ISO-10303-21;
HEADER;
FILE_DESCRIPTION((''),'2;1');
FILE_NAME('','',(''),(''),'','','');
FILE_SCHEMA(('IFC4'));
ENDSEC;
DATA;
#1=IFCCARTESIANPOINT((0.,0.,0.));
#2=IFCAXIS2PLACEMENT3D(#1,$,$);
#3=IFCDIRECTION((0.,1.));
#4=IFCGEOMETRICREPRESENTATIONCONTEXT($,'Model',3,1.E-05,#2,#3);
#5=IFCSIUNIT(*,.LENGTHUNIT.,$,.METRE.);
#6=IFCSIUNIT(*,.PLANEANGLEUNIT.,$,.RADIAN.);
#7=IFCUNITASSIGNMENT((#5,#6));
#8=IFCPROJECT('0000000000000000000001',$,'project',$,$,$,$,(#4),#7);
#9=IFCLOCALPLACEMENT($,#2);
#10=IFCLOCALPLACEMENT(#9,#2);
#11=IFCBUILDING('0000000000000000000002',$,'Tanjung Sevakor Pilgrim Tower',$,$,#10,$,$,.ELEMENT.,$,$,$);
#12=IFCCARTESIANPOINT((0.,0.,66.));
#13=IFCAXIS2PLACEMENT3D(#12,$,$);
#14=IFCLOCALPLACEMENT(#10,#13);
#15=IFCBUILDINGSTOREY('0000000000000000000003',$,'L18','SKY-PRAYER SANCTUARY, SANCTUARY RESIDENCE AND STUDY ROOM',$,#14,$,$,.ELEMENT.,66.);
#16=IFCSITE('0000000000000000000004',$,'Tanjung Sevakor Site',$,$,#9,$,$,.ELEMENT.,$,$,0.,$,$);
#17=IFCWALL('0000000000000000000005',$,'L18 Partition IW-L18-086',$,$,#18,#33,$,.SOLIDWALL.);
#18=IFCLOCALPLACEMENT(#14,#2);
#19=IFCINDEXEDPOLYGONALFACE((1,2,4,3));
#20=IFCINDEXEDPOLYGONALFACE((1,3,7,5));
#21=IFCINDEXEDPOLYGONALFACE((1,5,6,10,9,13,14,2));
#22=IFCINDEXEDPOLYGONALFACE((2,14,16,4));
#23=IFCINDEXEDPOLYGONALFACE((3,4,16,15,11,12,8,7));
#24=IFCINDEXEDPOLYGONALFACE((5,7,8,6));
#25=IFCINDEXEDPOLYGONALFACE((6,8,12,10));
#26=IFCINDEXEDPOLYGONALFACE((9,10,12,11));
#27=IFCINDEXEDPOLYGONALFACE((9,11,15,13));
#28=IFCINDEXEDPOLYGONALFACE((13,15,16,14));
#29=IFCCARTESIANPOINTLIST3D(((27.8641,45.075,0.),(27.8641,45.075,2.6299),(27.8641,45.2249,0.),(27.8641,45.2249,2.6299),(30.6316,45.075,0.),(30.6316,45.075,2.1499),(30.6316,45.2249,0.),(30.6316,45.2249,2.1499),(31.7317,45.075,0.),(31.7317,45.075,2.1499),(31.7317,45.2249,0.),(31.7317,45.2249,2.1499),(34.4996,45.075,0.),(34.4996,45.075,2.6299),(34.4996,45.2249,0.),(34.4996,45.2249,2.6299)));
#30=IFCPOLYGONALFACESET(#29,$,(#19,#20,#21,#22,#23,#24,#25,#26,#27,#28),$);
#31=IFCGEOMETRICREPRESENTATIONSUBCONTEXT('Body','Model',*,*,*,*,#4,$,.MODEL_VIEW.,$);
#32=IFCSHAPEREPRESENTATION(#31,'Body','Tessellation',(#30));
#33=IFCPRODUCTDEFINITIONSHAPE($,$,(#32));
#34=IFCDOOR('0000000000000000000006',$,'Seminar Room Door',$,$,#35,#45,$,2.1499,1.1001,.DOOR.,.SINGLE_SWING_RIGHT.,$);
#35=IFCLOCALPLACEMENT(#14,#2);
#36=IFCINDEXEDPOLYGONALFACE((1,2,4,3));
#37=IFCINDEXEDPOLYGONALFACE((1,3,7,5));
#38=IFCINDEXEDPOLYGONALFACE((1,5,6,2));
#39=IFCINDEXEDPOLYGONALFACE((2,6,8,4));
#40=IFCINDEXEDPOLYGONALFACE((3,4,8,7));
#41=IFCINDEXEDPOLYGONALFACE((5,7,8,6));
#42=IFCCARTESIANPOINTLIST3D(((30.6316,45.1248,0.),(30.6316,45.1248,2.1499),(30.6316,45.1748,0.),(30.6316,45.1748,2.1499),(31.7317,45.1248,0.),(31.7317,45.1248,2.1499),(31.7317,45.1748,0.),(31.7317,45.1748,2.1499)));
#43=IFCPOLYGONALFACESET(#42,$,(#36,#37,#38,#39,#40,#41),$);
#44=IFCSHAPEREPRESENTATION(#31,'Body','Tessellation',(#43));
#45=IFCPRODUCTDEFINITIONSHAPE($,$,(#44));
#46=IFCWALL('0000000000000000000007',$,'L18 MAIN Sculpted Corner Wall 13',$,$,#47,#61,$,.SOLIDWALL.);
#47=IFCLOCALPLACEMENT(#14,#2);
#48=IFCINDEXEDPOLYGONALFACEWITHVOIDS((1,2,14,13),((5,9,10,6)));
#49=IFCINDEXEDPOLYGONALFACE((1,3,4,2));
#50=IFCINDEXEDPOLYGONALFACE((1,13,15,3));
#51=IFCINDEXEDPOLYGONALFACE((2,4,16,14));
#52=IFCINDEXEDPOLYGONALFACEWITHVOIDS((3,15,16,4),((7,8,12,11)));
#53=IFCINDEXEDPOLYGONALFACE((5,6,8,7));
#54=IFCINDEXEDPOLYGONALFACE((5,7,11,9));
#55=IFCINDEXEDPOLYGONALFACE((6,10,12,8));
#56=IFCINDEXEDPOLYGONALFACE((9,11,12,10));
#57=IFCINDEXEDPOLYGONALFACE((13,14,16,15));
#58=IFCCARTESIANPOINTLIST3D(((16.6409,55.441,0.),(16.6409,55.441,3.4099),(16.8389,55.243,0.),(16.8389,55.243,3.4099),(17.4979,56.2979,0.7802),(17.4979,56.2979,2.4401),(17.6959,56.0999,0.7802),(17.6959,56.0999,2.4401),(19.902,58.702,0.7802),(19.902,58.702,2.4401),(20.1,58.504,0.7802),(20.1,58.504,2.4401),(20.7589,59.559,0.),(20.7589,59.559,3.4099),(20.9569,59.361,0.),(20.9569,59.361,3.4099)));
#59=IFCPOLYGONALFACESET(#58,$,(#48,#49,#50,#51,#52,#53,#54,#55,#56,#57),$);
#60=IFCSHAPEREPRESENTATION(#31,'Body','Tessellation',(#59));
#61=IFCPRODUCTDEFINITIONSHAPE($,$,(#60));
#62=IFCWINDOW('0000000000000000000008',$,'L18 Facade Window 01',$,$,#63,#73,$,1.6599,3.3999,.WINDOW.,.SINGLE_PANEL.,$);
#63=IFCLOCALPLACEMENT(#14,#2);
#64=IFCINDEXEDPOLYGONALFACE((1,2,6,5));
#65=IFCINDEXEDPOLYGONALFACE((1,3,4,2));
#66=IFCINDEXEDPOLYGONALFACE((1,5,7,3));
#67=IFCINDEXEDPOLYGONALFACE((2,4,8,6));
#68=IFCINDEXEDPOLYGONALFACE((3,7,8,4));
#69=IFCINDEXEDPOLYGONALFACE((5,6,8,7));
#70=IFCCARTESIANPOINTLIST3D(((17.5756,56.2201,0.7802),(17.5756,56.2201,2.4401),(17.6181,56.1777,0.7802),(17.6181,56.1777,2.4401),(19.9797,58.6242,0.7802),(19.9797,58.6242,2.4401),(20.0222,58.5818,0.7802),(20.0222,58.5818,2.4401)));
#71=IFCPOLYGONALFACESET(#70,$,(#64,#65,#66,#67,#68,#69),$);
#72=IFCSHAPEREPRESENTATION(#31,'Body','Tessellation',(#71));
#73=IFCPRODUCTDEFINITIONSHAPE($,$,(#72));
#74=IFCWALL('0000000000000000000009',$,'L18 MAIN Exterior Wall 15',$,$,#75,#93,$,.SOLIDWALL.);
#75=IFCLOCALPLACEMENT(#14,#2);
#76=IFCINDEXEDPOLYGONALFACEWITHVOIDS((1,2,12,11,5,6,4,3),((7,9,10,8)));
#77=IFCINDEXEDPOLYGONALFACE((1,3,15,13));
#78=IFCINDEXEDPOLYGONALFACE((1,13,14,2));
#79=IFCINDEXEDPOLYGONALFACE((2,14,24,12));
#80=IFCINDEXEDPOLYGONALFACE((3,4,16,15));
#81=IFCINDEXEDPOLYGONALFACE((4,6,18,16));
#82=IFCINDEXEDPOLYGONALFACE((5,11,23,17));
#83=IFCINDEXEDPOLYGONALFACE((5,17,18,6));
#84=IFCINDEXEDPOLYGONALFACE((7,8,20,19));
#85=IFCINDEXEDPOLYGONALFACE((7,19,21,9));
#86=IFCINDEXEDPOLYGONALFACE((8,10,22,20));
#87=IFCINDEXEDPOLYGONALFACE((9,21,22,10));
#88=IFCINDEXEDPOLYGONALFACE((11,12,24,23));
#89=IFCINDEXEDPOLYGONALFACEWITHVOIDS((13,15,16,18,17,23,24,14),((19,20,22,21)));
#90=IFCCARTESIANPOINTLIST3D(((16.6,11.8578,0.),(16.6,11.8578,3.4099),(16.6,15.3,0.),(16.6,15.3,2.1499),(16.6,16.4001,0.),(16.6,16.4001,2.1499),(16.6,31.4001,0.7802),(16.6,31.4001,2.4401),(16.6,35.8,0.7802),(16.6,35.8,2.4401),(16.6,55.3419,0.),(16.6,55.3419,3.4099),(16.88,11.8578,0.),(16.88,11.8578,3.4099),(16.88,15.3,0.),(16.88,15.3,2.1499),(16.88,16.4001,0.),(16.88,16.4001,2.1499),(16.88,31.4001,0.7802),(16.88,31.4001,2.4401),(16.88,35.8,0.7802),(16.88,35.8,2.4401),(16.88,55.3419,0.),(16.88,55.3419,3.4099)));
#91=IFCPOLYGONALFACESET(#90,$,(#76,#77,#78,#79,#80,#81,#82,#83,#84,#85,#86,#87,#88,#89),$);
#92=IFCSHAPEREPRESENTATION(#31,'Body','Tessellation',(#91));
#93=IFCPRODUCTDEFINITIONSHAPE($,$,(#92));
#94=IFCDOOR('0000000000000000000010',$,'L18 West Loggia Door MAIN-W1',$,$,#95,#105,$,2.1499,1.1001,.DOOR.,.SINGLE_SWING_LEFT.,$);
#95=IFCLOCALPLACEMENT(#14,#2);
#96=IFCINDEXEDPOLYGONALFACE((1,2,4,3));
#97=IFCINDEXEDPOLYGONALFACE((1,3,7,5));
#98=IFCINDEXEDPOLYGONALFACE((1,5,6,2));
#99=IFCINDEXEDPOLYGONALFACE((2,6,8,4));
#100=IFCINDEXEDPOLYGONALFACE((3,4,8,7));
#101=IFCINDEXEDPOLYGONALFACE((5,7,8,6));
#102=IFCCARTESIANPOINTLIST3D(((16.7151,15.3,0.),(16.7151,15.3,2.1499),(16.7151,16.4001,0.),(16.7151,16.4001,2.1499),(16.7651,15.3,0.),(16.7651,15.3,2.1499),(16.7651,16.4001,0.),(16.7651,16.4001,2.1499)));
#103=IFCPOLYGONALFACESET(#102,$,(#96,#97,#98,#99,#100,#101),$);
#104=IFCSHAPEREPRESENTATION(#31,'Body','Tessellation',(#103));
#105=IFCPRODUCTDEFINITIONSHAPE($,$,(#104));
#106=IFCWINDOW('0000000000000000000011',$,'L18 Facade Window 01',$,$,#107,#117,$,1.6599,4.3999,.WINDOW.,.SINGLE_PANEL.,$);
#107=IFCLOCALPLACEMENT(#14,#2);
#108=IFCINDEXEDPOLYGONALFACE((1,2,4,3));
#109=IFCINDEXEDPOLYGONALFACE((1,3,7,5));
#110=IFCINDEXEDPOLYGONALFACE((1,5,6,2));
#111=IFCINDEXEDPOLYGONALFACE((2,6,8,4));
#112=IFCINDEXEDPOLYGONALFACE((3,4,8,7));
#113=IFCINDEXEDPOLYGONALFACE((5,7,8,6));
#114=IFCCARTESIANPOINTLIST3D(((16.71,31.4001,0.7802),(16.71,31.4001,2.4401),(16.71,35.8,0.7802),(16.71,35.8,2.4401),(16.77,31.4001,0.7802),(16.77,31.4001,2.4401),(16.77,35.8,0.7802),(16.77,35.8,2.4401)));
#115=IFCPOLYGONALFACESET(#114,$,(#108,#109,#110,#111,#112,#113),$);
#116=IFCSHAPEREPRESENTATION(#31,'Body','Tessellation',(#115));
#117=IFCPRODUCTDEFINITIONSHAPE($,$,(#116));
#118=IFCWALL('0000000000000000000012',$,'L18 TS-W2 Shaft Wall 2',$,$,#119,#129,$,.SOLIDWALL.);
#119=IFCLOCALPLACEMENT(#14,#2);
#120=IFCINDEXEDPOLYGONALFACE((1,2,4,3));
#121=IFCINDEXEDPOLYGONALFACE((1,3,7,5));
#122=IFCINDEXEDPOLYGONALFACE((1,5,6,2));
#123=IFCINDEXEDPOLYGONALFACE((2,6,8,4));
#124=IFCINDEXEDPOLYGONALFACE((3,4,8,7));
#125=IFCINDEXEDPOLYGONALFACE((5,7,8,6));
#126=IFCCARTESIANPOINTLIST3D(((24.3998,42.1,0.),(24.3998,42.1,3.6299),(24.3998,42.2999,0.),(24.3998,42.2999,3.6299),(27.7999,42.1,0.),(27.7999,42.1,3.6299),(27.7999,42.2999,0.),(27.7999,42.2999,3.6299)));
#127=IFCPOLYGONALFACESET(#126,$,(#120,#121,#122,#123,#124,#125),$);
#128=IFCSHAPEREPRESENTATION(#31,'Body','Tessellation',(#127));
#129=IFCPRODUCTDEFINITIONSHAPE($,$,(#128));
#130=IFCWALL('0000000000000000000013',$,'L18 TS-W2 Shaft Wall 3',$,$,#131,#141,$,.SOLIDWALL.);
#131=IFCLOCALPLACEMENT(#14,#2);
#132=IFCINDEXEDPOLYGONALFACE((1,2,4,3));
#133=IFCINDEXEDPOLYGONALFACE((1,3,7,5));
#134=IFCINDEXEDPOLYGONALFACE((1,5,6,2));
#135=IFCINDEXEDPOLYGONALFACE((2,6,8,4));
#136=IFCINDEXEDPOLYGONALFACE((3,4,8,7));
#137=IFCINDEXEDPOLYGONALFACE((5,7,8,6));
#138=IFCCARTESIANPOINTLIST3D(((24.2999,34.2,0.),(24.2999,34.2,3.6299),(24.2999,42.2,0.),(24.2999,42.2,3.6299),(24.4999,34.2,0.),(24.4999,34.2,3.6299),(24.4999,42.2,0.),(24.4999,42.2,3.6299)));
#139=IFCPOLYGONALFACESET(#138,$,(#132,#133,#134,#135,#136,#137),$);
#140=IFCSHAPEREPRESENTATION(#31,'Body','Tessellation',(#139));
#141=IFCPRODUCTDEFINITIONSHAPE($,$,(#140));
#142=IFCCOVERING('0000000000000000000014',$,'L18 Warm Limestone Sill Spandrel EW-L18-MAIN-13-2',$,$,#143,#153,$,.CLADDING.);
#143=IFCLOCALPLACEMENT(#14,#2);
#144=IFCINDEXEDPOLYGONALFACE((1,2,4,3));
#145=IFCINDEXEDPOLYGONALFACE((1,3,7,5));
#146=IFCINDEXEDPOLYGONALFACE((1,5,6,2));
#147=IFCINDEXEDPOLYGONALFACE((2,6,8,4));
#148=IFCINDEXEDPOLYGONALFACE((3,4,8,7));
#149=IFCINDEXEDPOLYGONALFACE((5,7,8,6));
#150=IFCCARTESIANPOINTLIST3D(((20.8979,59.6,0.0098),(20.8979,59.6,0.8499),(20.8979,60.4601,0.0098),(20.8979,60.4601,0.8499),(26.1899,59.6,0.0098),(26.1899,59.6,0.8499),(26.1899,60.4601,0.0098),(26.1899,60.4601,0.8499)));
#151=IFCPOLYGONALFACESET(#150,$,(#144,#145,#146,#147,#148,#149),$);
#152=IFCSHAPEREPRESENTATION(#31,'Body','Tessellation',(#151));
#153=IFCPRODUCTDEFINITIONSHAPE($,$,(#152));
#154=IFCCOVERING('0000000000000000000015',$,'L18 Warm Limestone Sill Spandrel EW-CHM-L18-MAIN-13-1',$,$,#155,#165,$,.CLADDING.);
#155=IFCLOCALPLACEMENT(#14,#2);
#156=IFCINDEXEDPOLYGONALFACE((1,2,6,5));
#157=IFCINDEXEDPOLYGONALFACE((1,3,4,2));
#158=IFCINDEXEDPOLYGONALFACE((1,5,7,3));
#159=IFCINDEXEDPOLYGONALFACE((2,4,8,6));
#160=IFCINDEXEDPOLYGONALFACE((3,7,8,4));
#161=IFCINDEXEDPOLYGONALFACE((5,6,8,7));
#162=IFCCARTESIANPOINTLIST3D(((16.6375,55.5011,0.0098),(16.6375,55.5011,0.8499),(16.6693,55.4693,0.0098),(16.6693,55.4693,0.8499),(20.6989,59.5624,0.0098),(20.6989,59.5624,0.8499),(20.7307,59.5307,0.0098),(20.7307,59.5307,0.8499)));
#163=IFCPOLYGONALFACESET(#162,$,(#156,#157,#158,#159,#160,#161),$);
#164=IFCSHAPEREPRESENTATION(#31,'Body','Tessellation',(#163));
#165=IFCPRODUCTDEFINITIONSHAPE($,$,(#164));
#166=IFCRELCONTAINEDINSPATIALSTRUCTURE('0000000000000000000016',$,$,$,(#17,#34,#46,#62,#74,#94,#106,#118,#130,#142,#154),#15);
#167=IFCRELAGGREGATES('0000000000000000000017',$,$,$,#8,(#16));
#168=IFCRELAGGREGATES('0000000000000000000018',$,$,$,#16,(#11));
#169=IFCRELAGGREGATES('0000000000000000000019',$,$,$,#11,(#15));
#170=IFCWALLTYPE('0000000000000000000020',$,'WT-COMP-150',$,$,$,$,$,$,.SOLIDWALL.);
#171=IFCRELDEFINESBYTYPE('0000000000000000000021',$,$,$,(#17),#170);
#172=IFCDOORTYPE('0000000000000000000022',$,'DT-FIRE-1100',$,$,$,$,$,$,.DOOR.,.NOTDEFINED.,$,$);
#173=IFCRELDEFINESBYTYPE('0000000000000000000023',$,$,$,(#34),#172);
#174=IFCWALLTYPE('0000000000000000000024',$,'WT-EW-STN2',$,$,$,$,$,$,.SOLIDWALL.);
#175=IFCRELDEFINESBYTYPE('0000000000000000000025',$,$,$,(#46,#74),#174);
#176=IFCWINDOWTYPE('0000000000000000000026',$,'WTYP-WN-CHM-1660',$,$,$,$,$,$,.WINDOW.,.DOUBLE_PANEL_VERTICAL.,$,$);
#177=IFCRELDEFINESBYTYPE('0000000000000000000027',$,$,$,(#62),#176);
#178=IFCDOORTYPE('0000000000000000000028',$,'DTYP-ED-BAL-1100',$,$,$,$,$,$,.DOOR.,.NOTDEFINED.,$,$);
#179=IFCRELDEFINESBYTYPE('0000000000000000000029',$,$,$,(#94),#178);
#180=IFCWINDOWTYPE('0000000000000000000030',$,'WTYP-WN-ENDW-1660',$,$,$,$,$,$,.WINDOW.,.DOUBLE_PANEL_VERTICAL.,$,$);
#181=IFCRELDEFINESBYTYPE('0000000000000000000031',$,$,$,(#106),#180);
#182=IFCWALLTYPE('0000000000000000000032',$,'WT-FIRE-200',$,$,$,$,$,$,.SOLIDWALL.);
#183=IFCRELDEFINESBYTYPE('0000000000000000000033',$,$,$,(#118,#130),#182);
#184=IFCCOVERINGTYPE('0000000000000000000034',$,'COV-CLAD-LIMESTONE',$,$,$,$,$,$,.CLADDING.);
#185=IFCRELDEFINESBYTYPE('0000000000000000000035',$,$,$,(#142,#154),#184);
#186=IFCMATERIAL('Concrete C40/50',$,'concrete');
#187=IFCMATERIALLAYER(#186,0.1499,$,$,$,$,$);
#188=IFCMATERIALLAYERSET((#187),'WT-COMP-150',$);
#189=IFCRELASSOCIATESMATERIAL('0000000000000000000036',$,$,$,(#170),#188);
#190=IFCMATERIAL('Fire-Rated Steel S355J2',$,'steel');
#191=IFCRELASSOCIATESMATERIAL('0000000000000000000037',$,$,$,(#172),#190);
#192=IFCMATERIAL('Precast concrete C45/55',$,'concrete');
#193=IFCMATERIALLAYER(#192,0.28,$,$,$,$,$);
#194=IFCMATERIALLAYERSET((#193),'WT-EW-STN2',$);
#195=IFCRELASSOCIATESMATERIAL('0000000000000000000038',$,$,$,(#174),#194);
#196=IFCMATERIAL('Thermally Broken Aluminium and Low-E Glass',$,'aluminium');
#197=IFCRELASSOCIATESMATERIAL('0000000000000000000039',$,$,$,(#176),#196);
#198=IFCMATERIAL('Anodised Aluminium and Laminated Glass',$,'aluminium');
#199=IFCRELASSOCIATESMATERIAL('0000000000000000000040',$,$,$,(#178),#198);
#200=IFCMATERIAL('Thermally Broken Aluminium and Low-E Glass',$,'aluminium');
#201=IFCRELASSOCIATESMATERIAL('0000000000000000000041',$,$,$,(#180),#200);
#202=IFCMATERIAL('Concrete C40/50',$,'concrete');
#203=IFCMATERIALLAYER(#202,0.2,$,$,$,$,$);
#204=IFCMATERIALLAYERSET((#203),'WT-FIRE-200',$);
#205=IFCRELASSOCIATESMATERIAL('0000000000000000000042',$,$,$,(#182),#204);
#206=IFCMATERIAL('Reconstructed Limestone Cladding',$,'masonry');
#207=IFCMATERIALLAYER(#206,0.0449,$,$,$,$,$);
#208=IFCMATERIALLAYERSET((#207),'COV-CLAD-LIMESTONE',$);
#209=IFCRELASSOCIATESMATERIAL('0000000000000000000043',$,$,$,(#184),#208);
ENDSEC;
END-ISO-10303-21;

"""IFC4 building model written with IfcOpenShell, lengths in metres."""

from ifc_helpers import new_model, si_unit, direction, frame, frame_2d, origin, origin_2d, place, context, subcontext, project, spatial, rectangle, extrude, material, layer, layer_set, type_object, element, fill, save


model = new_model("IFC4")

# Units and contexts
model_context = context("Model", 3, precision=1e-05, world=origin(), true_north=direction((0.0, 1.0)))
body_context = subcontext(model_context, "Body", "Model", "MODEL_VIEW")
ifc_project = project(units=[si_unit("LENGTHUNIT", "METRE"), si_unit("PLANEANGLEUNIT", "RADIAN")], contexts=[model_context])

# Site, building, storey
site_placement = place(None, origin())
site = spatial("IfcSite", under=ifc_project, at=site_placement, Name="Tanjung Sevakor Site", CompositionType="ELEMENT", RefElevation=0.0)
building_placement = place(site_placement, origin())
building = spatial("IfcBuilding", under=site, at=building_placement, Name="Tanjung Sevakor Pilgrim Tower", CompositionType="ELEMENT")
storey_placement = place(building_placement, frame((0.0, 0.0, 66.0)))
storey = spatial("IfcBuildingStorey", under=building, at=storey_placement, Name="L18", Description="SKY-PRAYER SANCTUARY, SANCTUARY RESIDENCE AND STUDY ROOM", CompositionType="ELEMENT", Elevation=66.0)

# Shared definitions
ifc_material_1 = material(Name="Concrete C40/50", Category="concrete")
ifc_layer_1 = layer(ifc_material_1, 0.1499)
ifc_layer_set_1 = layer_set([ifc_layer_1], Name="WT-COMP-150")
wall_type_1 = type_object("IfcWallType", Name="WT-COMP-150", PredefinedType="SOLIDWALL", material=ifc_layer_set_1)

# Wall, opening, door
wall_1_placement = place(storey_placement, frame((27.864, 45.1499, 0.0), z_axis=(0.0, 0.0, 1.0), x_axis=(1.0, 0.0, 0.0)))
wall_1 = element("IfcWall", 1, at=wall_1_placement, inside=storey, type_object=wall_type_1, Name="L18 Partition IW-L18-086", PredefinedType="SOLIDWALL", context=body_context, shape_type="SweptSolid", body=[
    extrude(rectangle(XDim=6.6355, YDim=0.1499, at=frame_2d((3.3179, 0.0))), origin(), (0.0, 0.0, 1.0), 2.6299),
])
opening_1_placement = place(wall_1_placement, frame((2.7676, 0.0, 0.0)))
opening_1 = element("IfcOpeningElement", 2, at=opening_1_placement, cuts=wall_1, PredefinedType="OPENING", context=body_context, shape_type="SweptSolid", body=[
    extrude(rectangle(XDim=1.1001, YDim=2.1499, at=frame_2d((0.55, 1.075))), frame((0.0, 0.085, 0.0), z_axis=(0.0, -1.0, 0.0), x_axis=(1.0, 0.0, 0.0)), (0.0, 0.0, 1.0), 0.1699),
])
ifc_material_2 = material(Name="Fire-Rated Steel S355J2", Category="steel")
door_type_1 = type_object("IfcDoorType", Name="DT-FIRE-1100", OperationType="NOTDEFINED", PredefinedType="DOOR", material=ifc_material_2)
door_1_placement = place(opening_1_placement, origin())
door_1 = element("IfcDoor", 3, at=door_1_placement, inside=storey, type_object=door_type_1, Name="Seminar Room Door", OperationType="SINGLE_SWING_RIGHT", OverallHeight=2.1499, OverallWidth=1.1001, PredefinedType="DOOR", context=body_context, shape_type="SweptSolid", body=[
    extrude(rectangle(XDim=1.1001, YDim=2.1499, at=frame_2d((0.55, 1.075))), frame((0.0, 0.0249, 0.0), z_axis=(0.0, -1.0, 0.0), x_axis=(1.0, 0.0, 0.0)), (0.0, 0.0, 1.0), 0.05),
])
fill(opening_1, door_1)

# Wall, opening, window
ifc_material_3 = material(Name="Precast concrete C45/55", Category="concrete")
ifc_layer_2 = layer(ifc_material_3, 0.28)
ifc_layer_set_2 = layer_set([ifc_layer_2], Name="WT-EW-STN2")
wall_type_2 = type_object("IfcWallType", Name="WT-EW-STN2", PredefinedType="SOLIDWALL", material=ifc_layer_set_2)
wall_2_placement = place(storey_placement, frame((20.8579, 59.46, 0.0), z_axis=(0.0, 0.0, 1.0), x_axis=(-0.707107, -0.707107, 0.0)))
wall_2 = element("IfcWall", 4, at=wall_2_placement, inside=storey, type_object=wall_type_2, Name="L18 MAIN Sculpted Corner Wall 13", PredefinedType="SOLIDWALL", context=body_context, shape_type="SweptSolid", body=[
    extrude(rectangle(XDim=5.8237, YDim=0.28, at=frame_2d((2.9119, 0.0))), origin(), (0.0, 0.0, 1.0), 3.4099),
])
opening_2_placement = place(wall_2_placement, frame((1.2119, 0.0, 0.78)))
opening_2 = element("IfcOpeningElement", 5, at=opening_2_placement, cuts=wall_2, PredefinedType="OPENING", context=body_context, shape_type="SweptSolid", body=[
    extrude(rectangle(XDim=3.3999, YDim=1.6599, at=frame_2d((1.7, 0.8301))), frame((0.0, 0.1499, 0.0), z_axis=(0.0, -1.0, 0.0), x_axis=(1.0, 0.0, 0.0)), (0.0, 0.0, 1.0), 0.3),
])
ifc_material_4 = material(Name="Thermally Broken Aluminium and Low-E Glass", Category="aluminium")
window_type_1 = type_object("IfcWindowType", Name="WTYP-WN-CHM-1660", PartitioningType="DOUBLE_PANEL_VERTICAL", PredefinedType="WINDOW", material=ifc_material_4)
window_1_placement = place(opening_2_placement, origin())
window_1 = element("IfcWindow", 6, at=window_1_placement, inside=storey, type_object=window_type_1, Name="L18 Facade Window 01", OverallHeight=1.6599, OverallWidth=3.3999, PartitioningType="SINGLE_PANEL", PredefinedType="WINDOW", context=body_context, shape_type="SweptSolid", body=[
    extrude(rectangle(XDim=3.3999, YDim=1.6599, at=frame_2d((1.7, 0.8301))), frame((0.0, 0.03, 0.0), z_axis=(0.0, -1.0, 0.0), x_axis=(1.0, 0.0, 0.0)), (0.0, 0.0, 1.0), 0.0601),
])
fill(opening_2, window_1)

# Wall, openings, door, window
wall_3_placement = place(storey_placement, frame((16.74, 55.342, 0.0), z_axis=(0.0, 0.0, 1.0), x_axis=(0.0, -1.0, 0.0)))
wall_3 = element("IfcWall", 7, at=wall_3_placement, inside=storey, type_object=wall_type_2, Name="L18 MAIN Exterior Wall 15", PredefinedType="SOLIDWALL", context=body_context, shape_type="SweptSolid", body=[
    extrude(rectangle(XDim=43.4841, YDim=0.28, at=frame_2d((21.7422, 0.0))), origin(), (0.0, 0.0, 1.0), 3.4099),
])
opening_3_placement = place(wall_3_placement, frame((38.9419, 0.0, 0.0)))
opening_3 = element("IfcOpeningElement", 8, at=opening_3_placement, cuts=wall_3, PredefinedType="OPENING", context=body_context, shape_type="SweptSolid", body=[
    extrude(rectangle(XDim=1.1001, YDim=2.1499, at=frame_2d((0.55, 1.075))), frame((0.0, 0.1499, 0.0), z_axis=(0.0, -1.0, 0.0), x_axis=(1.0, 0.0, 0.0)), (0.0, 0.0, 1.0), 0.3),
])
opening_4_placement = place(wall_3_placement, frame((19.542, 0.0, 0.78)))
opening_4 = element("IfcOpeningElement", 9, at=opening_4_placement, cuts=wall_3, PredefinedType="OPENING", context=body_context, shape_type="SweptSolid", body=[
    extrude(rectangle(XDim=4.3999, YDim=1.6599, at=frame_2d((2.2, 0.8301))), frame((0.0, 0.1499, 0.0), z_axis=(0.0, -1.0, 0.0), x_axis=(1.0, 0.0, 0.0)), (0.0, 0.0, 1.0), 0.3),
])
ifc_material_5 = material(Name="Anodised Aluminium and Laminated Glass", Category="aluminium")
door_type_2 = type_object("IfcDoorType", Name="DTYP-ED-BAL-1100", OperationType="NOTDEFINED", PredefinedType="DOOR", material=ifc_material_5)
door_2_placement = place(opening_3_placement, frame((1.1001, 0.0, 0.0), z_axis=(0.0, 0.0, 1.0), x_axis=(-1.0, 0.0, 0.0)))
door_2 = element("IfcDoor", 10, at=door_2_placement, inside=storey, type_object=door_type_2, Name="L18 West Loggia Door MAIN-W1", OperationType="SINGLE_SWING_LEFT", OverallHeight=2.1499, OverallWidth=1.1001, PredefinedType="DOOR", context=body_context, shape_type="SweptSolid", body=[
    extrude(rectangle(XDim=1.1001, YDim=2.1499, at=frame_2d((0.55, 1.075))), frame((0.0, 0.0249, 0.0), z_axis=(0.0, -1.0, 0.0), x_axis=(1.0, 0.0, 0.0)), (0.0, 0.0, 1.0), 0.05),
])
fill(opening_3, door_2)
ifc_material_6 = material(Name="Thermally Broken Aluminium and Low-E Glass", Category="aluminium")
window_type_2 = type_object("IfcWindowType", Name="WTYP-WN-ENDW-1660", PartitioningType="DOUBLE_PANEL_VERTICAL", PredefinedType="WINDOW", material=ifc_material_6)
window_2_placement = place(opening_4_placement, origin())
window_2 = element("IfcWindow", 11, at=window_2_placement, inside=storey, type_object=window_type_2, Name="L18 Facade Window 01", OverallHeight=1.6599, OverallWidth=4.3999, PartitioningType="SINGLE_PANEL", PredefinedType="WINDOW", context=body_context, shape_type="SweptSolid", body=[
    extrude(rectangle(XDim=4.3999, YDim=1.6599, at=frame_2d((2.2, 0.8301))), frame((0.0, 0.03, 0.0), z_axis=(0.0, -1.0, 0.0), x_axis=(1.0, 0.0, 0.0)), (0.0, 0.0, 1.0), 0.0601),
])
fill(opening_4, window_2)

# Walls
ifc_material_7 = material(Name="Concrete C40/50", Category="concrete")
ifc_layer_3 = layer(ifc_material_7, 0.2)
ifc_layer_set_3 = layer_set([ifc_layer_3], Name="WT-FIRE-200")
wall_type_3 = type_object("IfcWallType", Name="WT-FIRE-200", PredefinedType="SOLIDWALL", material=ifc_layer_set_3)
wall_4_placement = place(storey_placement, frame((27.8, 42.2, 0.0), z_axis=(0.0, 0.0, 1.0), x_axis=(-1.0, 0.0, 0.0)))
element("IfcWall", 12, at=wall_4_placement, inside=storey, type_object=wall_type_3, Name="L18 TS-W2 Shaft Wall 2", PredefinedType="SOLIDWALL", context=body_context, shape_type="SweptSolid", body=[
    extrude(rectangle(XDim=3.4001, YDim=0.2, at=frame_2d((1.7002, 0.0))), origin(), (0.0, 0.0, 1.0), 3.6299),
])
wall_5_placement = place(storey_placement, frame((24.3999, 42.2, 0.0), z_axis=(0.0, 0.0, 1.0), x_axis=(0.0, -1.0, 0.0)))
element("IfcWall", 13, at=wall_5_placement, inside=storey, type_object=wall_type_3, Name="L18 TS-W2 Shaft Wall 3", PredefinedType="SOLIDWALL", context=body_context, shape_type="SweptSolid", body=[
    extrude(rectangle(XDim=8.0, YDim=0.2, at=frame_2d((4.0, 0.0))), origin(), (0.0, 0.0, 1.0), 3.6299),
])

# Coverings
ifc_material_8 = material(Name="Reconstructed Limestone Cladding", Category="masonry")
ifc_layer_4 = layer(ifc_material_8, 0.0449)
ifc_layer_set_4 = layer_set([ifc_layer_4], Name="COV-CLAD-LIMESTONE")
covering_type = type_object("IfcCoveringType", Name="COV-CLAD-LIMESTONE", PredefinedType="CLADDING", material=ifc_layer_set_4)
covering_1_placement = place(storey_placement, frame((23.5439, 60.03, 0.0098), z_axis=(0.0, 0.0, 1.0), x_axis=(-1.0, 0.0, 0.0)))
element("IfcCovering", 14, at=covering_1_placement, inside=storey, type_object=covering_type, Name="L18 Warm Limestone Sill Spandrel EW-L18-MAIN-13-2", PredefinedType="CLADDING", context=body_context, shape_type="SweptSolid", body=[
    extrude(rectangle(XDim=5.292, YDim=0.8601, at=origin_2d()), origin(), (0.0, 0.0, 1.0), 0.8401),
])
covering_2_placement = place(storey_placement, frame((18.6841, 57.5159, 0.0098), z_axis=(0.0, 0.0, 1.0), x_axis=(-0.707107, -0.707107, 0.0)))
element("IfcCovering", 15, at=covering_2_placement, inside=storey, type_object=covering_type, Name="L18 Warm Limestone Sill Spandrel EW-CHM-L18-MAIN-13-1", PredefinedType="CLADDING", context=body_context, shape_type="SweptSolid", body=[
    extrude(rectangle(XDim=5.7437, YDim=0.0449, at=origin_2d()), origin(), (0.0, 0.0, 1.0), 0.8401),
])

save(model, "model.ifc")
